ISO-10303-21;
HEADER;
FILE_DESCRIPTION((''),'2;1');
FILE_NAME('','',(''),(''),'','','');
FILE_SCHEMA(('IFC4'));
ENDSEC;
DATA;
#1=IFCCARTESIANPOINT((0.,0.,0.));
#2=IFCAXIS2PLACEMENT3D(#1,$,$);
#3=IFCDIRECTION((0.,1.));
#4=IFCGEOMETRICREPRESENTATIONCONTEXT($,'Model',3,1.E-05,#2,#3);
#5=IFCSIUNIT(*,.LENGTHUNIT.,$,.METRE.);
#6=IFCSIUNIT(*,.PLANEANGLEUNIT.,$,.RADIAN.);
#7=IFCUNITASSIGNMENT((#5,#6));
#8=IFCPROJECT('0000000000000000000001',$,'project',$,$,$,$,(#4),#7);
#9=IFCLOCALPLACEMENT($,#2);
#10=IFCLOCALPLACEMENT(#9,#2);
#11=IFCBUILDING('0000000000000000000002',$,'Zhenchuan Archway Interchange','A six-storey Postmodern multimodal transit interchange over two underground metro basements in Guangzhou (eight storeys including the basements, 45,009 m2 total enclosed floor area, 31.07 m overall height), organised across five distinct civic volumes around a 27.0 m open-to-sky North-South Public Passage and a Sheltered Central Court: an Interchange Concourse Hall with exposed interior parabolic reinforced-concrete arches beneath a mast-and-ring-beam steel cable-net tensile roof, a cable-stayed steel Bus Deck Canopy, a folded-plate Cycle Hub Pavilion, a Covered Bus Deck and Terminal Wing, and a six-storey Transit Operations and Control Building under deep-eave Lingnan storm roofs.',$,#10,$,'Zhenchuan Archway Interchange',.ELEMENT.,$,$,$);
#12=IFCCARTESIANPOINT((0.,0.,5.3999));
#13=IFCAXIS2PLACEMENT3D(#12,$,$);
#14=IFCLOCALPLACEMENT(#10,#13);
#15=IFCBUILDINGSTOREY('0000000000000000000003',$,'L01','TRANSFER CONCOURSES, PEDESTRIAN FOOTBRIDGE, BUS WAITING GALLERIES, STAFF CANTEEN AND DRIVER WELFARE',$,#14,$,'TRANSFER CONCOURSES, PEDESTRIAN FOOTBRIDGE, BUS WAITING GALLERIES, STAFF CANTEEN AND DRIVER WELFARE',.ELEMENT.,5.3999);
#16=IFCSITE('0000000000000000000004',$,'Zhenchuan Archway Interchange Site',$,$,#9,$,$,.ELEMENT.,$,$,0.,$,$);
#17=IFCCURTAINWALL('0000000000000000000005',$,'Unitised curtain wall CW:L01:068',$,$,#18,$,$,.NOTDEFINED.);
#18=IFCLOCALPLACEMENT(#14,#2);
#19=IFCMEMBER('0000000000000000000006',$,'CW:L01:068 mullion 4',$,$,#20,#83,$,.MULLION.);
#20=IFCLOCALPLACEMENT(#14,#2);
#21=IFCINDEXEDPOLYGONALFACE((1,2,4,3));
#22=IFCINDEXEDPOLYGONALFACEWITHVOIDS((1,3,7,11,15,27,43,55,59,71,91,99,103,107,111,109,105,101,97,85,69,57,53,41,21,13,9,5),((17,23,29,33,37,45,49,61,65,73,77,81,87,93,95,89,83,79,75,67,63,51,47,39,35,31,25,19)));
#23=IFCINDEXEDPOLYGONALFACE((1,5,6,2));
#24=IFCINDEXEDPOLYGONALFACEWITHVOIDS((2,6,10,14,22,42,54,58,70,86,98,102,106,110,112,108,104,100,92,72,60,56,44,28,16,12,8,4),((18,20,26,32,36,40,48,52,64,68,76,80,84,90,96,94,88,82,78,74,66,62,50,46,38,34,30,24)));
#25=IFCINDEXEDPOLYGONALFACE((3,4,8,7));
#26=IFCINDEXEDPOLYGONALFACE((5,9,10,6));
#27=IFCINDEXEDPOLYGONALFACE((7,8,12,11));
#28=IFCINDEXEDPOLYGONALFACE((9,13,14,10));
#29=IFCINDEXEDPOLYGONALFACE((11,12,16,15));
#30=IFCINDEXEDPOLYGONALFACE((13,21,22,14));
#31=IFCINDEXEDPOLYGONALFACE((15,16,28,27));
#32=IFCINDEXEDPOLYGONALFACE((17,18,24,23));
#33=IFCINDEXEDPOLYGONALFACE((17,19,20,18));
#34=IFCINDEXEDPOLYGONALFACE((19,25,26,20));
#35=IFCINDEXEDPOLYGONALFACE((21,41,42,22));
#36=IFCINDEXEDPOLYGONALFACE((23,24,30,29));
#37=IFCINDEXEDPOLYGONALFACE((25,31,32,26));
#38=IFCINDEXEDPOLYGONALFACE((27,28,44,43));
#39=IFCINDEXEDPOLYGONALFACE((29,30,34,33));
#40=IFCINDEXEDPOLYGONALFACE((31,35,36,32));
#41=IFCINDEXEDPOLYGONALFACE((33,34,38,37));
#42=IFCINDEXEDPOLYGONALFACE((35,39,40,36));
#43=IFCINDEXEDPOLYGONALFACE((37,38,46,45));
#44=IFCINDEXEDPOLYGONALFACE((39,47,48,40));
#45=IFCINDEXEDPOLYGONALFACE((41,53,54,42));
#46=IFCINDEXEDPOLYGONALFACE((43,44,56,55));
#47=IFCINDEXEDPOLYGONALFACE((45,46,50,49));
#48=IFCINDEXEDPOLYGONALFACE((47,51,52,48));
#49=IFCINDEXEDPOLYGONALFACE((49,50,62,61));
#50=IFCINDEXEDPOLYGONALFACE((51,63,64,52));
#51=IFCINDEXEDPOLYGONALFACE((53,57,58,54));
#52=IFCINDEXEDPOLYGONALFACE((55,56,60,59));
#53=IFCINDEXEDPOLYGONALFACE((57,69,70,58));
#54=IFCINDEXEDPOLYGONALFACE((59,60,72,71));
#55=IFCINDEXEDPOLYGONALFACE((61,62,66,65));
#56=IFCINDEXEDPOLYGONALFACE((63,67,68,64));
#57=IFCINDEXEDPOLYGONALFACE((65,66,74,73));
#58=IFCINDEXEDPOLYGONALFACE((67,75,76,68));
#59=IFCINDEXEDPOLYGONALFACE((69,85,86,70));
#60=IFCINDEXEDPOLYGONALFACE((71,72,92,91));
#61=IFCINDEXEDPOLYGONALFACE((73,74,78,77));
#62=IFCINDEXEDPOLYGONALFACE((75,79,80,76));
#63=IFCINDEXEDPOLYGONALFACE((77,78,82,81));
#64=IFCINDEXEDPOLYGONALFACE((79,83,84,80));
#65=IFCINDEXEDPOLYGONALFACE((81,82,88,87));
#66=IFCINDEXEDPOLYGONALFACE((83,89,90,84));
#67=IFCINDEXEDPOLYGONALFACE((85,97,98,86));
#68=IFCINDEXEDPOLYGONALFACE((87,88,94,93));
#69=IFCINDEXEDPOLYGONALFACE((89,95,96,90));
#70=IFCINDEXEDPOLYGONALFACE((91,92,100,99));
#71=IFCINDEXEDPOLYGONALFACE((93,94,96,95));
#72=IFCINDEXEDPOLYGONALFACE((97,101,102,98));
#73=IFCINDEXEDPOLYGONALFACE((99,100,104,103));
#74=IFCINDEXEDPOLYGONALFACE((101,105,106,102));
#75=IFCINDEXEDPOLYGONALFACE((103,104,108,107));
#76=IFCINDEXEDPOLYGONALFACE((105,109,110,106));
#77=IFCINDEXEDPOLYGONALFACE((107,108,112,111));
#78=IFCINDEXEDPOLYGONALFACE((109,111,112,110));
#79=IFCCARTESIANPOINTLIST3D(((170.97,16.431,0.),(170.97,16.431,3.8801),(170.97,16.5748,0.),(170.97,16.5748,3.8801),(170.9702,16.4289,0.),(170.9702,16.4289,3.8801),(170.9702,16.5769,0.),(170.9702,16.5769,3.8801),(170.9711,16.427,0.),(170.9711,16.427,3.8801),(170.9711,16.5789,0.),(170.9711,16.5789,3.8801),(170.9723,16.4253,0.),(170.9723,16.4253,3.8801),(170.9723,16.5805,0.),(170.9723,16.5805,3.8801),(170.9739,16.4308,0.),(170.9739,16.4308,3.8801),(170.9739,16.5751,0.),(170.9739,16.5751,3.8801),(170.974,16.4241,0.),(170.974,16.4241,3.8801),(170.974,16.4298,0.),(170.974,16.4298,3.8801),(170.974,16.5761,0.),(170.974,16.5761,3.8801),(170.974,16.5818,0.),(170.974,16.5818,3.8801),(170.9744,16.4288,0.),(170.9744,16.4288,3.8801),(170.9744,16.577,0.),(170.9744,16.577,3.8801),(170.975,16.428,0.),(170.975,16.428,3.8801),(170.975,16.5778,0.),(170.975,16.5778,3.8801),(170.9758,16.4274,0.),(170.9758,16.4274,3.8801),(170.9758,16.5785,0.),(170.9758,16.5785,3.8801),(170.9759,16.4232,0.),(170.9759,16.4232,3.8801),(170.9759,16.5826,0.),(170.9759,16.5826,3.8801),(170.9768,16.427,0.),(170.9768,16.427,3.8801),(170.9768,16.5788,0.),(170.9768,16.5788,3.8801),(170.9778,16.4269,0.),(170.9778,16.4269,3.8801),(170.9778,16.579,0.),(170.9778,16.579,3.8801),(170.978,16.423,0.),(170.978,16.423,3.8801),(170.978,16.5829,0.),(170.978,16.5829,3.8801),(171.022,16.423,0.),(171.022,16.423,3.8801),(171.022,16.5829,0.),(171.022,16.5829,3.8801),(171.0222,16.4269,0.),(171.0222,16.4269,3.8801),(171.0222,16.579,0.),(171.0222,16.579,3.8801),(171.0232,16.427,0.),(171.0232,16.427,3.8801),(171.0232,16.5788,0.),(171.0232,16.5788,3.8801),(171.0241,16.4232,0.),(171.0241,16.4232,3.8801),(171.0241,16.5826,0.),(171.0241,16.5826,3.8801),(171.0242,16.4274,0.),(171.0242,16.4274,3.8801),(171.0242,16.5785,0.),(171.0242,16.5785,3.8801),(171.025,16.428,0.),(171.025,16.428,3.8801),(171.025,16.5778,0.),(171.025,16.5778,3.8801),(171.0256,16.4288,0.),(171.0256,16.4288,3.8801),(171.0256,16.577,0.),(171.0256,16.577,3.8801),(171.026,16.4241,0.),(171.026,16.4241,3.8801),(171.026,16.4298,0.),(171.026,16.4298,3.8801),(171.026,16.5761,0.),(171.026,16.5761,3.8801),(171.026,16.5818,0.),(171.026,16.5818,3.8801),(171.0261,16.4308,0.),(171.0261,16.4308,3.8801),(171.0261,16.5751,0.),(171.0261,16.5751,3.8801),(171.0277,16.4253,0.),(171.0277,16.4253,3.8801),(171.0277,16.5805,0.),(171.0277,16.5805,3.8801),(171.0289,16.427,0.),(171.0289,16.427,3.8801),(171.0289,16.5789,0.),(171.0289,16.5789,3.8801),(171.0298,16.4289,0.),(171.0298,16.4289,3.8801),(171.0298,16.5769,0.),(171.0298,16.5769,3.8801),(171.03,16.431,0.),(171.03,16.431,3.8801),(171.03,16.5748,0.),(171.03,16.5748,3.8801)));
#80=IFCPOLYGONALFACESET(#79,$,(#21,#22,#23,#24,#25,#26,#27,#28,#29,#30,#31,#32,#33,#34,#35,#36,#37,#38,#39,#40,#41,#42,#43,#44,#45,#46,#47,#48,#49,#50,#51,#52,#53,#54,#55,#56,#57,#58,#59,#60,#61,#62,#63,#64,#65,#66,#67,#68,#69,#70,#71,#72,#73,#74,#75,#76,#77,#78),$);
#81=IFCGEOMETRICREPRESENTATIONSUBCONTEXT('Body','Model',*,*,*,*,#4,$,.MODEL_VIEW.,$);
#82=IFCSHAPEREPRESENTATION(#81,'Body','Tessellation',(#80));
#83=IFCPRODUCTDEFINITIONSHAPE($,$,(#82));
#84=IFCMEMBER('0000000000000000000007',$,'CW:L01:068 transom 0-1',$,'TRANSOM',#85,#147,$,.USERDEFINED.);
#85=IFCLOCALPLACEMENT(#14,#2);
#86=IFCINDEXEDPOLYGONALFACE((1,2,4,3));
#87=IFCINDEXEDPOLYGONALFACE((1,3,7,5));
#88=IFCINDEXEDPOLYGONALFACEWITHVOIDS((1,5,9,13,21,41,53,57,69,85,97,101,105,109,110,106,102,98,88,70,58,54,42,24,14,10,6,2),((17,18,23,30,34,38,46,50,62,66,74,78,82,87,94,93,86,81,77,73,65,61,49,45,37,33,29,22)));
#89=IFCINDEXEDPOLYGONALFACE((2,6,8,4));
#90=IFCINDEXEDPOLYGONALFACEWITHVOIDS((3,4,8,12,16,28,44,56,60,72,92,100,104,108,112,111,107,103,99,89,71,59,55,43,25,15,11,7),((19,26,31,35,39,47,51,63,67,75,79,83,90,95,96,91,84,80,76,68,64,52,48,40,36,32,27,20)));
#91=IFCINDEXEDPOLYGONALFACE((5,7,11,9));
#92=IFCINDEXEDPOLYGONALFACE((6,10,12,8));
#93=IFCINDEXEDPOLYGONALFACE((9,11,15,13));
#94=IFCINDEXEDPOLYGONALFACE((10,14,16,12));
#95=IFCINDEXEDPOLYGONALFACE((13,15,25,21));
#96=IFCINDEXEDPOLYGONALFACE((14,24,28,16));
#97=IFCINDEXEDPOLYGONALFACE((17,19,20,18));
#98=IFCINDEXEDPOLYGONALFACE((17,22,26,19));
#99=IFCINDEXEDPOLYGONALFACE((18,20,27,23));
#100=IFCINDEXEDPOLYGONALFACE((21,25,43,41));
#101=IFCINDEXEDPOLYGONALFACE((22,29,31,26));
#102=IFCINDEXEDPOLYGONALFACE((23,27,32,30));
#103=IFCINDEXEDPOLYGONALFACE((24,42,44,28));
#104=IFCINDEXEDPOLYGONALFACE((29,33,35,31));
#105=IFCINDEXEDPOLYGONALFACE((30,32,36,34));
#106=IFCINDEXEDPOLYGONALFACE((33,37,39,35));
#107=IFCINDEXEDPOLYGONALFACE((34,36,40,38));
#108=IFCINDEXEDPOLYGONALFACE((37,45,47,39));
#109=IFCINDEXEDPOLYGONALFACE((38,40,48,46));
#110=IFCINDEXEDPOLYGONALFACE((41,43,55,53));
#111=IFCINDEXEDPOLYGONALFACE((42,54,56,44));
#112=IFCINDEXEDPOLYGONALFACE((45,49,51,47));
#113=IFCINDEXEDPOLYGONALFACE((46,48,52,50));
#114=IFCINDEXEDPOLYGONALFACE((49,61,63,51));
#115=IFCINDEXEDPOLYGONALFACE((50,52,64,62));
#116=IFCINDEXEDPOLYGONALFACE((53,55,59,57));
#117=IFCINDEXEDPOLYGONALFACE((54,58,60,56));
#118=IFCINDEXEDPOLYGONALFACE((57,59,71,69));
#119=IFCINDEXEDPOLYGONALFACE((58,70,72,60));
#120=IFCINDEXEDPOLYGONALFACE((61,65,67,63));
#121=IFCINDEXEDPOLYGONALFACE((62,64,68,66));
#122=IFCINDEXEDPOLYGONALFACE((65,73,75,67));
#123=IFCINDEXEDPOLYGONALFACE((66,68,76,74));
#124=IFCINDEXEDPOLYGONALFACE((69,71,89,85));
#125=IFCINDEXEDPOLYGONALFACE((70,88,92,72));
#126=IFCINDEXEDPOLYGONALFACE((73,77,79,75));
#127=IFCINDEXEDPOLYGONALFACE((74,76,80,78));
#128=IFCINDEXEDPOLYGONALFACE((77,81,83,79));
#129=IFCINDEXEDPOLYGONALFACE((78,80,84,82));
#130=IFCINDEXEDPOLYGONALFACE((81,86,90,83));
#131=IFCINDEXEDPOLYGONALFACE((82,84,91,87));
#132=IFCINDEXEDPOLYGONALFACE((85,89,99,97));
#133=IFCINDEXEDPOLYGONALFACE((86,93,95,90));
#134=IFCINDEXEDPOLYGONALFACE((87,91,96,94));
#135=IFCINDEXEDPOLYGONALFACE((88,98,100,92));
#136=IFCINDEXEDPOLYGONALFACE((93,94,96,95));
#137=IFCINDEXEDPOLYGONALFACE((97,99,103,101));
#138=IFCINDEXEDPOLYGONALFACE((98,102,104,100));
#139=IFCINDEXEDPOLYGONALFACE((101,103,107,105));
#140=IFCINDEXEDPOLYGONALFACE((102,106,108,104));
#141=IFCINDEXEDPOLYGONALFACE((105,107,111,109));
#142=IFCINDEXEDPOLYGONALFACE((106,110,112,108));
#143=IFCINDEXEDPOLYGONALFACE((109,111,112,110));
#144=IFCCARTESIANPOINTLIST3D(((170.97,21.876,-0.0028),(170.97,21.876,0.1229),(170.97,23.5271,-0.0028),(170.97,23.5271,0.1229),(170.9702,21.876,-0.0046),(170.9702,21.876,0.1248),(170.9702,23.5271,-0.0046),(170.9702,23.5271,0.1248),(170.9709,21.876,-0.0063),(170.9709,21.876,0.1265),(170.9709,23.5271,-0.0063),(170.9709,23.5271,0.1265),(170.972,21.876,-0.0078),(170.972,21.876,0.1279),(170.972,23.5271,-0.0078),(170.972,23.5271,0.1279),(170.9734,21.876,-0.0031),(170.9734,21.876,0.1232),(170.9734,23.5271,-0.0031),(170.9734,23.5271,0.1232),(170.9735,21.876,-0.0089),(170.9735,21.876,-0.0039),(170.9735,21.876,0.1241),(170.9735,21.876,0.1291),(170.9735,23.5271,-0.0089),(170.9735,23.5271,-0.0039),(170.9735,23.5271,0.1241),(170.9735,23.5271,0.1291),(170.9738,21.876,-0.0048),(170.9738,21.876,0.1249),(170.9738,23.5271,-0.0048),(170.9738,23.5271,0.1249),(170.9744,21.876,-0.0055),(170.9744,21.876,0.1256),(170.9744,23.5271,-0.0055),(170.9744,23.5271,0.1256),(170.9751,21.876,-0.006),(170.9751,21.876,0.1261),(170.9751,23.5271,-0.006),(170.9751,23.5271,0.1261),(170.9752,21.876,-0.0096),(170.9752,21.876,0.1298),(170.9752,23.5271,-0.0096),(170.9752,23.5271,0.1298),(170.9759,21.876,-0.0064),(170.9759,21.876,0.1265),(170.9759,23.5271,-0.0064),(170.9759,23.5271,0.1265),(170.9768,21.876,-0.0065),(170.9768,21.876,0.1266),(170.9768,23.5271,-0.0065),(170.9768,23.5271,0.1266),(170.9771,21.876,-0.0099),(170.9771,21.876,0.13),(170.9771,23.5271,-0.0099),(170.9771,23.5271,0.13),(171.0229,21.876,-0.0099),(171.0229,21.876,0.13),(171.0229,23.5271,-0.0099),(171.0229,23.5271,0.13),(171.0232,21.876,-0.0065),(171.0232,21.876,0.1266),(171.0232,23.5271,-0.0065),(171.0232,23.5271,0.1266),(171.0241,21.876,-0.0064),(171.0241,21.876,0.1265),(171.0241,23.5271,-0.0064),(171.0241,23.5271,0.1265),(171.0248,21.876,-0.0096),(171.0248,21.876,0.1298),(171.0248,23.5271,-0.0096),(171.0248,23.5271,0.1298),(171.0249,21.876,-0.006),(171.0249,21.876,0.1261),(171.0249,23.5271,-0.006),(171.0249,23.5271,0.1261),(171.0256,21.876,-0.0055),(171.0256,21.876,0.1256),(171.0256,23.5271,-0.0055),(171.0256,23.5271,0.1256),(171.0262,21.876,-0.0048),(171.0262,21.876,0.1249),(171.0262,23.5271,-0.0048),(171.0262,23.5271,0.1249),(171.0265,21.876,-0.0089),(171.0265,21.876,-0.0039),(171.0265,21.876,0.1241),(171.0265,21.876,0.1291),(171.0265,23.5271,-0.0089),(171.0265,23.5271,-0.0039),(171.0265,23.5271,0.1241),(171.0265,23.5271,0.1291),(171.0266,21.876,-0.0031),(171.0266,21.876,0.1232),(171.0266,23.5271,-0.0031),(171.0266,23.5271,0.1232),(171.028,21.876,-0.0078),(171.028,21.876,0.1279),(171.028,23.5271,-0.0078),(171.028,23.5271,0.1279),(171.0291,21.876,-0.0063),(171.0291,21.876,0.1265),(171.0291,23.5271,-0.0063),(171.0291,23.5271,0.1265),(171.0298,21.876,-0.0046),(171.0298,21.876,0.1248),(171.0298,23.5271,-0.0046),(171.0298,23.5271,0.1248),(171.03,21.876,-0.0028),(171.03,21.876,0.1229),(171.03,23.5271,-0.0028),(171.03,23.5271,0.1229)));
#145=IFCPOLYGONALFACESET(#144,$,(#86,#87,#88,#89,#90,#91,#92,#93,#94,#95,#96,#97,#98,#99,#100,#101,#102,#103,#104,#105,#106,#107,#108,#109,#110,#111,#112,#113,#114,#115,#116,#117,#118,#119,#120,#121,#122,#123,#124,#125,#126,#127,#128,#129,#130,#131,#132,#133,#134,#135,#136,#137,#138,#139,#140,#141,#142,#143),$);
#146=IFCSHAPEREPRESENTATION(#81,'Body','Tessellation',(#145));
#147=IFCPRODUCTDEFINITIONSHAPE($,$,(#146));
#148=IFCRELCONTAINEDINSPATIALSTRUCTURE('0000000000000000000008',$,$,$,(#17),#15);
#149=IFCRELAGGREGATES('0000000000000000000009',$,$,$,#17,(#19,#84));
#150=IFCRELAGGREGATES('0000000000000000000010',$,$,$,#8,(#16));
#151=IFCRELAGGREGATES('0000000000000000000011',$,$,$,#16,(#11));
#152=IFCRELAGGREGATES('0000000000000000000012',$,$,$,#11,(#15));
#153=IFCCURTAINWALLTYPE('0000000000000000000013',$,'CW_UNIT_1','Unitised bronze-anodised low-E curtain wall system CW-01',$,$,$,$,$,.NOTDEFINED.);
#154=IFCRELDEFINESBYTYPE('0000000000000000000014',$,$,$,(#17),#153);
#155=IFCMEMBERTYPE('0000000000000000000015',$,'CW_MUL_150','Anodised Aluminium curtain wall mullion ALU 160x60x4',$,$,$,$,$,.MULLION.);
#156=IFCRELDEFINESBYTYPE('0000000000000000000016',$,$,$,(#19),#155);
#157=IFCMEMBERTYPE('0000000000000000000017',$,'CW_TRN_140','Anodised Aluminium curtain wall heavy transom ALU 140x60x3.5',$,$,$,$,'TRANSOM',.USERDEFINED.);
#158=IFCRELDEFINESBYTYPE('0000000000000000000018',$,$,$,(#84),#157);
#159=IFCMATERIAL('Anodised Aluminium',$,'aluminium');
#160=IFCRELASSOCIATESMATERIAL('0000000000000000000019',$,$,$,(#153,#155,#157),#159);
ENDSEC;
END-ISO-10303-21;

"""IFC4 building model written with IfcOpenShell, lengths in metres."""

from ifc_helpers import new_model, si_unit, direction, frame, origin, origin_2d, place, context, subcontext, project, spatial, hollow_rectangle, extrude, material, material_profile, profile_set, type_object, element, aggregate, save


model = new_model("IFC4")

# Units and contexts
model_context = context("Model", 3, precision=1e-05, world=origin(), true_north=direction((0.0, 1.0)))
body_context = subcontext(model_context, "Body", "Model", "MODEL_VIEW")
ifc_project = project(units=[si_unit("LENGTHUNIT", "METRE"), si_unit("PLANEANGLEUNIT", "RADIAN")], contexts=[model_context])

# Site, building, storey
site_placement = place(None, origin())
site = spatial("IfcSite", under=ifc_project, at=site_placement, Name="Zhenchuan Archway Interchange Site", CompositionType="ELEMENT", RefElevation=0.0)
building_placement = place(site_placement, origin())
building = spatial("IfcBuilding", under=site, at=building_placement, Name="Zhenchuan Archway Interchange", Description="A six-storey Postmodern multimodal transit interchange over two underground metro basements in Guangzhou (eight storeys including the basements, 45,009 m2 total enclosed floor area, 31.07 m overall height), organised across five distinct civic volumes around a 27.0 m open-to-sky North-South Public Passage and a Sheltered Central Court: an Interchange Concourse Hall with exposed interior parabolic reinforced-concrete arches beneath a mast-and-ring-beam steel cable-net tensile roof, a cable-stayed steel Bus Deck Canopy, a folded-plate Cycle Hub Pavilion, a Covered Bus Deck and Terminal Wing, and a six-storey Transit Operations and Control Building under deep-eave Lingnan storm roofs.", LongName="Zhenchuan Archway Interchange", CompositionType="ELEMENT")
storey_placement = place(building_placement, frame((0.0, 0.0, 5.3999)))
storey = spatial("IfcBuildingStorey", under=building, at=storey_placement, Name="L01", Description="TRANSFER CONCOURSES, PEDESTRIAN FOOTBRIDGE, BUS WAITING GALLERIES, STAFF CANTEEN AND DRIVER WELFARE", LongName="TRANSFER CONCOURSES, PEDESTRIAN FOOTBRIDGE, BUS WAITING GALLERIES, STAFF CANTEEN AND DRIVER WELFARE", CompositionType="ELEMENT", Elevation=5.3999)

# Curtain wall, members
ifc_material_1 = material(Name="Anodised Aluminium", Category="aluminium")
curtain_wall_type = type_object("IfcCurtainWallType", Name="CW_UNIT_1", Description="Unitised bronze-anodised low-E curtain wall system CW-01", PredefinedType="NOTDEFINED", material=ifc_material_1)
curtain_wall_placement = place(storey_placement, origin())
curtain_wall = element("IfcCurtainWall", 1, at=curtain_wall_placement, inside=storey, type_object=curtain_wall_type, Name="Unitised curtain wall CW:L01:068", PredefinedType="NOTDEFINED")
ifc_material_profile_1 = material_profile(ifc_material_1, hollow_rectangle(XDim=0.0601, YDim=0.1599, WallThickness=0.0039, InnerFilletRadius=0.0039, OuterFilletRadius=0.0081, at=origin_2d()), Name="ALU 160x60x4")
ifc_profile_set_1 = profile_set([ifc_material_profile_1], Name="Anodised Aluminium")
member_type_1 = type_object("IfcMemberType", Name="CW_MUL_150", Description="Anodised Aluminium curtain wall mullion ALU 160x60x4", PredefinedType="MULLION", material=ifc_profile_set_1)
member_1_placement = place(storey_placement, frame((171.0, 16.5029, 0.0), z_axis=(0.0, 0.0, 1.0), x_axis=(1.0, 0.0, 0.0)))
member_1 = element("IfcMember", 2, at=member_1_placement, type_object=member_type_1, Name="CW:L01:068 mullion 4", PredefinedType="MULLION", context=body_context, shape_type="SweptSolid", body=[
    extrude(hollow_rectangle(XDim=0.0601, YDim=0.1599, WallThickness=0.0039, InnerFilletRadius=0.0039, OuterFilletRadius=0.0081, at=origin_2d()), origin(), (0.0, 0.0, 1.0), 3.8801),
])
ifc_material_profile_2 = material_profile(ifc_material_1, hollow_rectangle(XDim=0.0601, YDim=0.1399, WallThickness=0.0034, InnerFilletRadius=0.0034, OuterFilletRadius=0.0071, at=origin_2d()), Name="ALU 140x60x3.5")
ifc_profile_set_2 = profile_set([ifc_material_profile_2], Name="Anodised Aluminium")
member_type_2 = type_object("IfcMemberType", Name="CW_TRN_140", Description="Anodised Aluminium curtain wall heavy transom ALU 140x60x3.5", ElementType="TRANSOM", PredefinedType="USERDEFINED", material=ifc_profile_set_2)
member_2_placement = place(storey_placement, frame((171.0, 23.5271, 0.0601), z_axis=(0.0, -1.0, 0.0), x_axis=(1.0, 0.0, 0.0)))
member_2 = element("IfcMember", 3, at=member_2_placement, type_object=member_type_2, Name="CW:L01:068 transom 0-1", ObjectType="TRANSOM", PredefinedType="USERDEFINED", context=body_context, shape_type="SweptSolid", body=[
    extrude(hollow_rectangle(XDim=0.0601, YDim=0.1399, WallThickness=0.0034, InnerFilletRadius=0.0034, OuterFilletRadius=0.0071, at=origin_2d()), origin(), (0.0, 0.0, 1.0), 1.6511),
])

aggregate(curtain_wall, [member_1, member_2])

save(model, "model.ifc")
